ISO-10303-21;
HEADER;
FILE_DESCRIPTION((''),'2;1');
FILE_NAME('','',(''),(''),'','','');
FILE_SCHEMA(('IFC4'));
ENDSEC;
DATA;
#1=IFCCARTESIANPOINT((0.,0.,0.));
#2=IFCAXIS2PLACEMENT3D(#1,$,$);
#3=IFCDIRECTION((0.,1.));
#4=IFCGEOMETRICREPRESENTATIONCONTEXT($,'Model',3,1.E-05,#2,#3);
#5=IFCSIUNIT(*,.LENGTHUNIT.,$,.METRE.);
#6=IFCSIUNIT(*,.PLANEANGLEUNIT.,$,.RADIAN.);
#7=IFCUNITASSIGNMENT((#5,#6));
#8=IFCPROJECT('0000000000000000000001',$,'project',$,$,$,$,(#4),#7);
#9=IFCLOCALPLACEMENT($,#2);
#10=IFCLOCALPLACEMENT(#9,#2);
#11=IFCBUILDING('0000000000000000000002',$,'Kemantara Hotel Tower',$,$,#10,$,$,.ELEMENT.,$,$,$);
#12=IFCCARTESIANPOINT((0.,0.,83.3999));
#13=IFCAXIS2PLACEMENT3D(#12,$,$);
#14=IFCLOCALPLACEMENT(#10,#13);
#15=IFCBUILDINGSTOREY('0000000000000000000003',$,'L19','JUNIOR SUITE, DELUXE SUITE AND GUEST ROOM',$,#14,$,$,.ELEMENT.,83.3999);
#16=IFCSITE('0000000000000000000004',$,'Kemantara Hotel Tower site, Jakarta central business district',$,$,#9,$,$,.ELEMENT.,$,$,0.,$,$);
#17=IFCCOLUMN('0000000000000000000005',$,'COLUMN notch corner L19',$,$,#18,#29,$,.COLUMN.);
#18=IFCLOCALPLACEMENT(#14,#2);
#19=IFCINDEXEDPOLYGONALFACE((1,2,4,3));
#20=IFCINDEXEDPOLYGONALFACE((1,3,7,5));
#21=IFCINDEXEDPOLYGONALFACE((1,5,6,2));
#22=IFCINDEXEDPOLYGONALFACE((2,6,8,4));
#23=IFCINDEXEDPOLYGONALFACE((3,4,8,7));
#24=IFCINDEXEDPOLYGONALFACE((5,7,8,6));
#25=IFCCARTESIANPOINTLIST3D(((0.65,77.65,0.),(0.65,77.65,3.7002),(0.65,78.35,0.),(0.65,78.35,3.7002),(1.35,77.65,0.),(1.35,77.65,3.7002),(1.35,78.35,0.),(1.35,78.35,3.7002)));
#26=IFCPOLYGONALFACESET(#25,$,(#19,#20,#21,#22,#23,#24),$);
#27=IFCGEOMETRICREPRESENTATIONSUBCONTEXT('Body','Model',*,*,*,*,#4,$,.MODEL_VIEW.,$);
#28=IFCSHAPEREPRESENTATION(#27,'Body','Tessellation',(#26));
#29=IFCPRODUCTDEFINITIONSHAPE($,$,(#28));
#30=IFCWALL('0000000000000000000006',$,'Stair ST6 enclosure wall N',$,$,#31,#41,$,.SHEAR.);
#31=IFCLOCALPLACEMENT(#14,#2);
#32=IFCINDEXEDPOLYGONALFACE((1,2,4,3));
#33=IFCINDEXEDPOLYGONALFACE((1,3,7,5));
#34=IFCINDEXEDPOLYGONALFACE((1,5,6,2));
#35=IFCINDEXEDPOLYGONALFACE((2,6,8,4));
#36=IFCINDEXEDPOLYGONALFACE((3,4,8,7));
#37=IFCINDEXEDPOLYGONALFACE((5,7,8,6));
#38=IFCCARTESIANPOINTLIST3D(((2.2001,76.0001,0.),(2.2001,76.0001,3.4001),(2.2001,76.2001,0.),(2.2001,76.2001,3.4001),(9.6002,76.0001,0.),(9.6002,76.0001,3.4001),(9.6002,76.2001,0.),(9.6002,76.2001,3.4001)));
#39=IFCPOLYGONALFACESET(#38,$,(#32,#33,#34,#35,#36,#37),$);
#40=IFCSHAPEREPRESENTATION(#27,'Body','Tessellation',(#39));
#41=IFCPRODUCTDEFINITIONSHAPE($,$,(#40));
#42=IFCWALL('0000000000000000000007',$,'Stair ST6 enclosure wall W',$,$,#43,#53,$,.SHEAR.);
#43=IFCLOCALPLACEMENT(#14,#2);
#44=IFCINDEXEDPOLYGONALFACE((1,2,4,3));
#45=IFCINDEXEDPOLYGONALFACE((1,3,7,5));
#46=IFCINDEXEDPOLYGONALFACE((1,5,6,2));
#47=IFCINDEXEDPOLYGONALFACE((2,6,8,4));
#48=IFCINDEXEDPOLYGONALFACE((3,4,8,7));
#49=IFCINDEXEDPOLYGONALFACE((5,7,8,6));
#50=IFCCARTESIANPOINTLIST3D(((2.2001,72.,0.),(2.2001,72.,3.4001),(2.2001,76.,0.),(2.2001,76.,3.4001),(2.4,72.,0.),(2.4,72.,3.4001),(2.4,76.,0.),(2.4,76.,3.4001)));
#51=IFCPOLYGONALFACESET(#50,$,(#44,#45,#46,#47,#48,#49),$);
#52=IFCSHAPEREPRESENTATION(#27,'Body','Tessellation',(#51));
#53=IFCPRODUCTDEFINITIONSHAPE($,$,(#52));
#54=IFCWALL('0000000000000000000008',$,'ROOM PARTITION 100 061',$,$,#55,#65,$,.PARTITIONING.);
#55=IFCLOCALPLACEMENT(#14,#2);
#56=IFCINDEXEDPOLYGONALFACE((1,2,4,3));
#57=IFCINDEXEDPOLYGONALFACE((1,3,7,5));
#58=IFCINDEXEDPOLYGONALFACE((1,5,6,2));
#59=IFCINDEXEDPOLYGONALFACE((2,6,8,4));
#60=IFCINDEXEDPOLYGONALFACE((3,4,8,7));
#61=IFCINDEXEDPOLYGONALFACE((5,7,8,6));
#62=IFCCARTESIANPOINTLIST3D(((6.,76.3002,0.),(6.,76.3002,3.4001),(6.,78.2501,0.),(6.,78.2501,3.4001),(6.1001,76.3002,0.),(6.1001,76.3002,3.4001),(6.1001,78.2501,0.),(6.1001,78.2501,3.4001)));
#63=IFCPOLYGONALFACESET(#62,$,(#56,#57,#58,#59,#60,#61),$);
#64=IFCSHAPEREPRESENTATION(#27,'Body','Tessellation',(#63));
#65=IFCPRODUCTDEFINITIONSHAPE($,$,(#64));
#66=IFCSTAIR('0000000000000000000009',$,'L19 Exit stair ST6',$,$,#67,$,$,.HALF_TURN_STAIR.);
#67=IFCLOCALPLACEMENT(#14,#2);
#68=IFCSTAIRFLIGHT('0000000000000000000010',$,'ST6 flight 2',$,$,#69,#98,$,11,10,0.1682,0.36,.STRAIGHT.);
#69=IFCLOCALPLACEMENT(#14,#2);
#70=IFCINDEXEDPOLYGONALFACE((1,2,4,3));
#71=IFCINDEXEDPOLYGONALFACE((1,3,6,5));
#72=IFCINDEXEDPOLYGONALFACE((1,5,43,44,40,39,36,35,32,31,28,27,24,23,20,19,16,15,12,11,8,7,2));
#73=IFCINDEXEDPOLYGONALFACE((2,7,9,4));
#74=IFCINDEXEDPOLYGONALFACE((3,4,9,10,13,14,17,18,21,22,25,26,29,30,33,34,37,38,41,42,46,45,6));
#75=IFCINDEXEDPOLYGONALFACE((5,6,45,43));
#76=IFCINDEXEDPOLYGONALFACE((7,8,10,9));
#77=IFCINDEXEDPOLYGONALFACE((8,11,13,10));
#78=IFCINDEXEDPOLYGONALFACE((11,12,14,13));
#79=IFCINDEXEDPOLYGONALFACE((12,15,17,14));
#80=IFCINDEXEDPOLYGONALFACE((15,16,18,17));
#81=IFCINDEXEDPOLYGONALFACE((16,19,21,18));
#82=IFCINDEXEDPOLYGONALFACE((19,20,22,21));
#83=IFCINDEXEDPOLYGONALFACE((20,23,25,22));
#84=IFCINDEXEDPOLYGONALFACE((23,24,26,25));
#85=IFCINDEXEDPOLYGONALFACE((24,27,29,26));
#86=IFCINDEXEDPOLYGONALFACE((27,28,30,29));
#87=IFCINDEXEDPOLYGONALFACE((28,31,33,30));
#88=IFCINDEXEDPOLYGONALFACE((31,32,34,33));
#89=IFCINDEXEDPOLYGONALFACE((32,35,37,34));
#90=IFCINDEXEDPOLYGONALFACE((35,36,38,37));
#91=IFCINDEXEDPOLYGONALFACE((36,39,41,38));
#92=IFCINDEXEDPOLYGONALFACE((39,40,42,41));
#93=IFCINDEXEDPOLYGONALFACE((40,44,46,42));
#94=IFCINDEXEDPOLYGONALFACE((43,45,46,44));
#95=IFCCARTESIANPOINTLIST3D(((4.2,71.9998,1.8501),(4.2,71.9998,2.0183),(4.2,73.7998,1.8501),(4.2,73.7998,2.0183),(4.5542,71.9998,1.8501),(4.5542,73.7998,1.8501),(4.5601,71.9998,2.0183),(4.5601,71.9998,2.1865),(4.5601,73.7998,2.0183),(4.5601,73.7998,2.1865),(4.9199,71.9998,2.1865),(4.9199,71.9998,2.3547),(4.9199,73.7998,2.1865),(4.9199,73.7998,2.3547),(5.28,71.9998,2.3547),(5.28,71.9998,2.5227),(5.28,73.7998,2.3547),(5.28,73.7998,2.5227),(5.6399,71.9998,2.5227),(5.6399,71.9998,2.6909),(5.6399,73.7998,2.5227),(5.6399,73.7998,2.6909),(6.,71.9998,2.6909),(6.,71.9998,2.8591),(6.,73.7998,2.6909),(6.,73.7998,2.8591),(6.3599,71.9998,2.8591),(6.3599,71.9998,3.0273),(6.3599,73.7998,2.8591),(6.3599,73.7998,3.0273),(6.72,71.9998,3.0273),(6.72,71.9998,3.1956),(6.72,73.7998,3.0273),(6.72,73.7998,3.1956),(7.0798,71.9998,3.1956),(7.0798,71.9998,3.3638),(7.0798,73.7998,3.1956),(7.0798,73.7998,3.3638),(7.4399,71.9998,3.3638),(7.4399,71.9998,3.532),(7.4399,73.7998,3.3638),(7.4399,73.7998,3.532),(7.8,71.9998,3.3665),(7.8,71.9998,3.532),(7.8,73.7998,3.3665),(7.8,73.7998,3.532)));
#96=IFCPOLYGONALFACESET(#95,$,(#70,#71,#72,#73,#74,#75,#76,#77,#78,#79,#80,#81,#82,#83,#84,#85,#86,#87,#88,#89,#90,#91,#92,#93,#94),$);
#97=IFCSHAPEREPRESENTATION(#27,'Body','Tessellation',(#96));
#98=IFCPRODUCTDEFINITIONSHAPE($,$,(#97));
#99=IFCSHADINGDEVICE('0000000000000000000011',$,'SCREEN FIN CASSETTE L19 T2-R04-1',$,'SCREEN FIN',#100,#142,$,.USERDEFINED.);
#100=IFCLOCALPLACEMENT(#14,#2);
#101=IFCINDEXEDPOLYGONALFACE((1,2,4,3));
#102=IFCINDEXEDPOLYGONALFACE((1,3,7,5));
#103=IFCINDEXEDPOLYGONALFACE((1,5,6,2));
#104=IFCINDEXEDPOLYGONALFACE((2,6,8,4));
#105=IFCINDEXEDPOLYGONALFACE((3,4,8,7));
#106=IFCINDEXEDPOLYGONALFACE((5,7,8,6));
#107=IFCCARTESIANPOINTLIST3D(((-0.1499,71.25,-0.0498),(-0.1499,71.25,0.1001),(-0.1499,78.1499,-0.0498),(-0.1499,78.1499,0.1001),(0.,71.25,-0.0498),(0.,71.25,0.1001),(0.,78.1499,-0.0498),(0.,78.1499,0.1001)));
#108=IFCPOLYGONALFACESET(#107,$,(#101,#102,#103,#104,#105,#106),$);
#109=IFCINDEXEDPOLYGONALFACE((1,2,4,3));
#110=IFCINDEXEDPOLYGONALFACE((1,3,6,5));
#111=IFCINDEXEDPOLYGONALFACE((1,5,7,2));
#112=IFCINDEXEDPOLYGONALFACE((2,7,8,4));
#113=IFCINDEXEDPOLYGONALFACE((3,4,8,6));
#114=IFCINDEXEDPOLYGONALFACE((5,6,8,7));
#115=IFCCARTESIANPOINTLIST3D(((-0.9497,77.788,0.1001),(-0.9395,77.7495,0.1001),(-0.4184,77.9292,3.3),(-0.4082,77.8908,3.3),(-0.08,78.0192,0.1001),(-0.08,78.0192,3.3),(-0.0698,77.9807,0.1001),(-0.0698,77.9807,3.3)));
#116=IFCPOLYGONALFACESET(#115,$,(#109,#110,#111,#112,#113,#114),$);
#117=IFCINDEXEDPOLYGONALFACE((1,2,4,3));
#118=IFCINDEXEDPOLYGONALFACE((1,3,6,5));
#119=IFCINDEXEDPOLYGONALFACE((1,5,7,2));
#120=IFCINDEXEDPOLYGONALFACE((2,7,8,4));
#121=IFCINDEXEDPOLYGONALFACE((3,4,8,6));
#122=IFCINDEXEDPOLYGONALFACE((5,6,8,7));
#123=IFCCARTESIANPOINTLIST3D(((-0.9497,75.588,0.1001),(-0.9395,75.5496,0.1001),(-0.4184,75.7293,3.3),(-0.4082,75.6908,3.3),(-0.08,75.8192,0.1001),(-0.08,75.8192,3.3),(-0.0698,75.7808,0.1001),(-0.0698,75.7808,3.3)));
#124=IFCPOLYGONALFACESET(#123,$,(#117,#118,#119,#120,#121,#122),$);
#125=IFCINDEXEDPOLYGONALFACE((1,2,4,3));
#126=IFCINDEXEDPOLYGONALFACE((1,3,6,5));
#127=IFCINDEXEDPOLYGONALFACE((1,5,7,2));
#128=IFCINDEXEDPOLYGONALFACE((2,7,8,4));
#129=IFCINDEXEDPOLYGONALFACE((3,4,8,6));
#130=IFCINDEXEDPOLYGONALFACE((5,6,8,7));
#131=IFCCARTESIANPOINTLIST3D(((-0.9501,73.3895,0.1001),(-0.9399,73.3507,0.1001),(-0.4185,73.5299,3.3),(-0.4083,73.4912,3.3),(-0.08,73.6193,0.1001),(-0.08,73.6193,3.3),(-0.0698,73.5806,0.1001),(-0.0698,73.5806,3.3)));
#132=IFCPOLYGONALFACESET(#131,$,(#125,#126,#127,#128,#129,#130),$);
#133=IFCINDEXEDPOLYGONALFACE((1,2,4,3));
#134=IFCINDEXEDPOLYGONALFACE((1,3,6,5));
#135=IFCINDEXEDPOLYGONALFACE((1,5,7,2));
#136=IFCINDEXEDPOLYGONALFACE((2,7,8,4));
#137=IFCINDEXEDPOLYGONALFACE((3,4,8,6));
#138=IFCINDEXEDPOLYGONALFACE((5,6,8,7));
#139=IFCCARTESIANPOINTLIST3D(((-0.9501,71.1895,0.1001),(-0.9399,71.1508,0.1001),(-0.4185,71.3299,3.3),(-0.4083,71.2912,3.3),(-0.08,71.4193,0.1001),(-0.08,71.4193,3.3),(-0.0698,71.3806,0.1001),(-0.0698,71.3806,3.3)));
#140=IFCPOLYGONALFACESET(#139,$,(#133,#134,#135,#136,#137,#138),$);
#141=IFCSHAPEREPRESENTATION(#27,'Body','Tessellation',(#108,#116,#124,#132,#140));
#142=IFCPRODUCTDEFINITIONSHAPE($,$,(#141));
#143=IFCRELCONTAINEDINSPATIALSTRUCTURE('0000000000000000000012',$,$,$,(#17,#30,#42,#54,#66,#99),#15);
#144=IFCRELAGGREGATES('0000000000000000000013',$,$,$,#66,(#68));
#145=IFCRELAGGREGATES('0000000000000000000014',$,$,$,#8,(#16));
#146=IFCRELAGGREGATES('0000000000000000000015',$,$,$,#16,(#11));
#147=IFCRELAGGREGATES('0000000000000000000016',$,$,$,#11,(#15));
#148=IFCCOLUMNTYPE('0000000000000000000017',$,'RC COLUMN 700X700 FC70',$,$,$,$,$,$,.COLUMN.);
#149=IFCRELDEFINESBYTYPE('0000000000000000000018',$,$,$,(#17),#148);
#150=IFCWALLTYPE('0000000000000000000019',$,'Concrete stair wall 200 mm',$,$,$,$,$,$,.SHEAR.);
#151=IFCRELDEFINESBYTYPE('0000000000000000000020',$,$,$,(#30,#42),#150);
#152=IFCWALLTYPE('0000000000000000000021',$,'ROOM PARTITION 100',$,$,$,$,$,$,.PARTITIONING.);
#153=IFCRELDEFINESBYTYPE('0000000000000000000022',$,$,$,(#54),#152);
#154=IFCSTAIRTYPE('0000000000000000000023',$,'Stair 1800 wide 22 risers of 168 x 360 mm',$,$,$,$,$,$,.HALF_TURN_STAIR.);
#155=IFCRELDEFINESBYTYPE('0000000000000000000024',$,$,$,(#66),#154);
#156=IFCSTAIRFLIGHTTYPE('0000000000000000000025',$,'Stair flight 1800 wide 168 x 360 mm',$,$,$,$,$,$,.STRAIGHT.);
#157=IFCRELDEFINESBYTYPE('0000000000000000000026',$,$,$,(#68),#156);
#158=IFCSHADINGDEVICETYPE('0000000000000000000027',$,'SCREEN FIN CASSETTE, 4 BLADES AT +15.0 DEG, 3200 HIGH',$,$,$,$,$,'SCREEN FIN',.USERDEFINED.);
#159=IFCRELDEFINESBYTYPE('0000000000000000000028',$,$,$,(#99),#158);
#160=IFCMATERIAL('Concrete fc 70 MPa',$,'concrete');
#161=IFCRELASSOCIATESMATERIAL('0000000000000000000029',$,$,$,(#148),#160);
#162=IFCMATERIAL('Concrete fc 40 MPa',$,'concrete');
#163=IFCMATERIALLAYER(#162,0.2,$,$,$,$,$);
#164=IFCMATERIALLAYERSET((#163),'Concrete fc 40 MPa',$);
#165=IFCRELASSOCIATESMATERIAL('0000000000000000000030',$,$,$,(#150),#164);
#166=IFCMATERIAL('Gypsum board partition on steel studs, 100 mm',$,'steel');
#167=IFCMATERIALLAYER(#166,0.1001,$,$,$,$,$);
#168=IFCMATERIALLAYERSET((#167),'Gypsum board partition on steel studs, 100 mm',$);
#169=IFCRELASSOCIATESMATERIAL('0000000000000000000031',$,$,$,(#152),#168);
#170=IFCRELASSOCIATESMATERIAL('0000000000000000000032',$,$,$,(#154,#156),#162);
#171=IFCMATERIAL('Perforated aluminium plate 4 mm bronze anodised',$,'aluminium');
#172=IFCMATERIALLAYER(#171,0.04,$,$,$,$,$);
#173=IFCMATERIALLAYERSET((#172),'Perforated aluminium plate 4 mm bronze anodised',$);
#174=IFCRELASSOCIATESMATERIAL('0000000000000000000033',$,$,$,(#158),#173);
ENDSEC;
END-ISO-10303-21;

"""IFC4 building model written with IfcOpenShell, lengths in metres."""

from ifc_helpers import new_model, si_unit, direction, frame, frame_2d, origin, origin_2d, place, context, subcontext, project, spatial, polyline, rectangle, outline, extrude, source, transform, mapped, material, layer, layer_set, material_profile, profile_set, type_object, element, aggregate, save


model = new_model("IFC4")

# Units and contexts
model_context = context("Model", 3, precision=1e-05, world=origin(), true_north=direction((0.0, 1.0)))
body_context = subcontext(model_context, "Body", "Model", "MODEL_VIEW")
ifc_project = project(units=[si_unit("LENGTHUNIT", "METRE"), si_unit("PLANEANGLEUNIT", "RADIAN")], contexts=[model_context])

# Site, building, storey
site_placement = place(None, origin())
site = spatial("IfcSite", under=ifc_project, at=site_placement, Name="Kemantara Hotel Tower site, Jakarta central business district", CompositionType="ELEMENT", RefElevation=0.0)
building_placement = place(site_placement, origin())
building = spatial("IfcBuilding", under=site, at=building_placement, Name="Kemantara Hotel Tower", CompositionType="ELEMENT")
storey_placement = place(building_placement, frame((0.0, 0.0, 83.3999)))
storey = spatial("IfcBuildingStorey", under=building, at=storey_placement, Name="L19", Description="JUNIOR SUITE, DELUXE SUITE AND GUEST ROOM", CompositionType="ELEMENT", Elevation=83.3999)

# Column
ifc_material_1 = material(Name="Concrete fc 70 MPa", Category="concrete")
ifc_material_profile = material_profile(ifc_material_1, rectangle(XDim=0.7, YDim=0.7, at=origin_2d()), Name="RC 700X700")
ifc_profile_set = profile_set([ifc_material_profile], Name="Concrete fc 70 MPa")
column_type = type_object("IfcColumnType", Name="RC COLUMN 700X700 FC70", PredefinedType="COLUMN", material=ifc_profile_set)
column_placement = place(storey_placement, frame((1.0, 78.0, 0.0), z_axis=(0.0, 0.0, 1.0), x_axis=(1.0, 0.0, 0.0)))
element("IfcColumn", 1, at=column_placement, inside=storey, type_object=column_type, Name="COLUMN notch corner L19", PredefinedType="COLUMN", context=body_context, shape_type="SweptSolid", body=[
    extrude(rectangle(XDim=0.7, YDim=0.7, at=origin_2d()), origin(), (0.0, 0.0, 1.0), 3.7002),
])

# Walls
ifc_material_2 = material(Name="Concrete fc 40 MPa", Category="concrete")
ifc_layer_1 = layer(ifc_material_2, 0.2)
ifc_layer_set_1 = layer_set([ifc_layer_1], Name="Concrete fc 40 MPa")
wall_type_1 = type_object("IfcWallType", Name="Concrete stair wall 200 mm", PredefinedType="SHEAR", material=ifc_layer_set_1)
wall_1_placement = place(storey_placement, frame((2.2, 76.1001, 0.0), z_axis=(0.0, 0.0, 1.0), x_axis=(1.0, 0.0, 0.0)))
element("IfcWall", 2, at=wall_1_placement, inside=storey, type_object=wall_type_1, Name="Stair ST6 enclosure wall N", PredefinedType="SHEAR", context=body_context, shape_type="SweptSolid", body=[
    extrude(rectangle(XDim=7.4001, YDim=0.2, at=frame_2d((3.7002, 0.0))), origin(), (0.0, 0.0, 1.0), 3.4001),
])
wall_2_placement = place(storey_placement, frame((2.3, 72.0, 0.0), z_axis=(0.0, 0.0, 1.0), x_axis=(0.0, 1.0, 0.0)))
element("IfcWall", 3, at=wall_2_placement, inside=storey, type_object=wall_type_1, Name="Stair ST6 enclosure wall W", PredefinedType="SHEAR", context=body_context, shape_type="SweptSolid", body=[
    extrude(rectangle(XDim=4.0, YDim=0.2, at=frame_2d((2.0, 0.0))), origin(), (0.0, 0.0, 1.0), 3.4001),
])
ifc_material_3 = material(Name="Gypsum board partition on steel studs, 100 mm", Category="steel")
ifc_layer_2 = layer(ifc_material_3, 0.1001)
ifc_layer_set_2 = layer_set([ifc_layer_2], Name="Gypsum board partition on steel studs, 100 mm")
wall_type_2 = type_object("IfcWallType", Name="ROOM PARTITION 100", PredefinedType="PARTITIONING", material=ifc_layer_set_2)
wall_3_placement = place(storey_placement, frame((6.05, 76.3, 0.0), z_axis=(0.0, 0.0, 1.0), x_axis=(0.0, 1.0, 0.0)))
element("IfcWall", 4, at=wall_3_placement, inside=storey, type_object=wall_type_2, Name="ROOM PARTITION 100 061", PredefinedType="PARTITIONING", context=body_context, shape_type="SweptSolid", body=[
    extrude(rectangle(XDim=1.95, YDim=0.1001, at=frame_2d((0.9751, 0.0))), origin(), (0.0, 0.0, 1.0), 3.4001),
])

# Stair, stair flight
stair_type = type_object("IfcStairType", Name="Stair 1800 wide 22 risers of 168 x 360 mm", PredefinedType="HALF_TURN_STAIR", material=ifc_material_2)
stair_placement = place(storey_placement, origin())
stair = element("IfcStair", 5, at=stair_placement, inside=storey, type_object=stair_type, Name="L19 Exit stair ST6", PredefinedType="HALF_TURN_STAIR")
stair_flight_type = type_object("IfcStairFlightType", Name="Stair flight 1800 wide 168 x 360 mm", PredefinedType="STRAIGHT", material=ifc_material_2)
stair_flight_placement = place(storey_placement, frame((4.2, 72.8999, 1.8501), z_axis=(0.0, 0.0, 1.0), x_axis=(1.0, 0.0, 0.0)))
stair_flight = element("IfcStairFlight", 6, at=stair_flight_placement, type_object=stair_flight_type, Name="ST6 flight 2", NumberOfRisers=11, NumberOfTreads=10, PredefinedType="STRAIGHT", RiserHeight=0.1682, TreadLength=0.36, context=body_context, shape_type="SweptSolid", body=[
    extrude(outline(polyline([(0.0, 0.0), (0.0, 0.1682), (0.3601, 0.1682), (0.3601, 0.3364), (0.72, 0.3364), (0.72, 0.5046), (1.0801, 0.5046), (1.0801, 0.6726), (1.4399, 0.6726), (1.4399, 0.8408), (1.8, 0.8408), (1.8, 1.009), (2.1599, 1.009), (2.1599, 1.1772), (2.52, 1.1772), (2.52, 1.3455), (2.8799, 1.3455), (2.8799, 1.5137), (3.24, 1.5137), (3.24, 1.6819), (3.6001, 1.6819), (3.6001, 1.8501), (3.6001, 1.5164), (0.3542, 0.0), (0.0, 0.0)])), frame((0.0, 0.8999, 0.0), z_axis=(0.0, -1.0, 0.0), x_axis=(1.0, 0.0, 0.0)), (0.0, 0.0, 1.0), 1.8),
])
aggregate(stair, [stair_flight])

# Shading device
ifc_material_4 = material(Name="Perforated aluminium plate 4 mm bronze anodised", Category="aluminium")
ifc_layer_3 = layer(ifc_material_4, 0.04)
ifc_layer_set_3 = layer_set([ifc_layer_3], Name="Perforated aluminium plate 4 mm bronze anodised")
shading_device_type = type_object("IfcShadingDeviceType", Name="SCREEN FIN CASSETTE, 4 BLADES AT +15.0 DEG, 3200 HIGH", ElementType="SCREEN FIN", PredefinedType="USERDEFINED", material=ifc_layer_set_3)
shared_shape = source(origin(), body_context, "Body", "SweptSolid", [
    extrude(rectangle(XDim=6.8999, YDim=0.1499, at=origin_2d()), frame((3.3, -0.075, -0.1499), z_axis=(0.0, 0.0, 1.0), x_axis=(1.0, 0.0, 0.0)), (0.0, 0.0, 1.0), 0.1499),
    extrude(outline(polyline([(0.0, 0.0), (0.8999, 0.0), (0.3501, 3.2), (0.0, 3.2), (0.0, 0.0)])), frame((0.0193, -0.0698, 0.0), z_axis=(-0.966438, -0.256901, 0.0), x_axis=(0.256901, -0.966438, 0.0)), (0.0, 0.0, 1.0), 0.0398),
    extrude(outline(polyline([(0.0, 0.0), (0.8999, 0.0), (0.3501, 3.2), (0.0, 3.2), (0.0, 0.0)])), frame((2.2192, -0.0698, 0.0), z_axis=(-0.966438, -0.256901, 0.0), x_axis=(0.256901, -0.966438, 0.0)), (0.0, 0.0, 1.0), 0.0398),
    extrude(outline(polyline([(0.0, 0.0), (0.8999, 0.0), (0.3501, 3.2), (0.0, 3.2), (0.0, 0.0)])), frame((4.4194, -0.0698, 0.0), z_axis=(-0.966838, -0.255391, 0.0), x_axis=(0.255391, -0.966838, 0.0)), (0.0, 0.0, 1.0), 0.04),
    extrude(outline(polyline([(0.0, 0.0), (0.8999, 0.0), (0.3501, 3.2), (0.0, 3.2), (0.0, 0.0)])), frame((6.6194, -0.0698, 0.0), z_axis=(-0.966838, -0.255391, 0.0), x_axis=(0.255391, -0.966838, 0.0)), (0.0, 0.0, 1.0), 0.04),
])
shading_device_placement = place(storey_placement, frame((0.0, 78.0, 0.1001), z_axis=(0.0, 0.0, 1.0), x_axis=(0.0, -1.0, 0.0)))
element("IfcShadingDevice", 7, at=shading_device_placement, inside=storey, type_object=shading_device_type, Name="SCREEN FIN CASSETTE L19 T2-R04-1", ObjectType="SCREEN FIN", PredefinedType="USERDEFINED", context=body_context, shape_type="MappedRepresentation", body=[
    mapped(shared_shape, transform((0.0, 0.0, 0.0))),
])

save(model, "model.ifc")
